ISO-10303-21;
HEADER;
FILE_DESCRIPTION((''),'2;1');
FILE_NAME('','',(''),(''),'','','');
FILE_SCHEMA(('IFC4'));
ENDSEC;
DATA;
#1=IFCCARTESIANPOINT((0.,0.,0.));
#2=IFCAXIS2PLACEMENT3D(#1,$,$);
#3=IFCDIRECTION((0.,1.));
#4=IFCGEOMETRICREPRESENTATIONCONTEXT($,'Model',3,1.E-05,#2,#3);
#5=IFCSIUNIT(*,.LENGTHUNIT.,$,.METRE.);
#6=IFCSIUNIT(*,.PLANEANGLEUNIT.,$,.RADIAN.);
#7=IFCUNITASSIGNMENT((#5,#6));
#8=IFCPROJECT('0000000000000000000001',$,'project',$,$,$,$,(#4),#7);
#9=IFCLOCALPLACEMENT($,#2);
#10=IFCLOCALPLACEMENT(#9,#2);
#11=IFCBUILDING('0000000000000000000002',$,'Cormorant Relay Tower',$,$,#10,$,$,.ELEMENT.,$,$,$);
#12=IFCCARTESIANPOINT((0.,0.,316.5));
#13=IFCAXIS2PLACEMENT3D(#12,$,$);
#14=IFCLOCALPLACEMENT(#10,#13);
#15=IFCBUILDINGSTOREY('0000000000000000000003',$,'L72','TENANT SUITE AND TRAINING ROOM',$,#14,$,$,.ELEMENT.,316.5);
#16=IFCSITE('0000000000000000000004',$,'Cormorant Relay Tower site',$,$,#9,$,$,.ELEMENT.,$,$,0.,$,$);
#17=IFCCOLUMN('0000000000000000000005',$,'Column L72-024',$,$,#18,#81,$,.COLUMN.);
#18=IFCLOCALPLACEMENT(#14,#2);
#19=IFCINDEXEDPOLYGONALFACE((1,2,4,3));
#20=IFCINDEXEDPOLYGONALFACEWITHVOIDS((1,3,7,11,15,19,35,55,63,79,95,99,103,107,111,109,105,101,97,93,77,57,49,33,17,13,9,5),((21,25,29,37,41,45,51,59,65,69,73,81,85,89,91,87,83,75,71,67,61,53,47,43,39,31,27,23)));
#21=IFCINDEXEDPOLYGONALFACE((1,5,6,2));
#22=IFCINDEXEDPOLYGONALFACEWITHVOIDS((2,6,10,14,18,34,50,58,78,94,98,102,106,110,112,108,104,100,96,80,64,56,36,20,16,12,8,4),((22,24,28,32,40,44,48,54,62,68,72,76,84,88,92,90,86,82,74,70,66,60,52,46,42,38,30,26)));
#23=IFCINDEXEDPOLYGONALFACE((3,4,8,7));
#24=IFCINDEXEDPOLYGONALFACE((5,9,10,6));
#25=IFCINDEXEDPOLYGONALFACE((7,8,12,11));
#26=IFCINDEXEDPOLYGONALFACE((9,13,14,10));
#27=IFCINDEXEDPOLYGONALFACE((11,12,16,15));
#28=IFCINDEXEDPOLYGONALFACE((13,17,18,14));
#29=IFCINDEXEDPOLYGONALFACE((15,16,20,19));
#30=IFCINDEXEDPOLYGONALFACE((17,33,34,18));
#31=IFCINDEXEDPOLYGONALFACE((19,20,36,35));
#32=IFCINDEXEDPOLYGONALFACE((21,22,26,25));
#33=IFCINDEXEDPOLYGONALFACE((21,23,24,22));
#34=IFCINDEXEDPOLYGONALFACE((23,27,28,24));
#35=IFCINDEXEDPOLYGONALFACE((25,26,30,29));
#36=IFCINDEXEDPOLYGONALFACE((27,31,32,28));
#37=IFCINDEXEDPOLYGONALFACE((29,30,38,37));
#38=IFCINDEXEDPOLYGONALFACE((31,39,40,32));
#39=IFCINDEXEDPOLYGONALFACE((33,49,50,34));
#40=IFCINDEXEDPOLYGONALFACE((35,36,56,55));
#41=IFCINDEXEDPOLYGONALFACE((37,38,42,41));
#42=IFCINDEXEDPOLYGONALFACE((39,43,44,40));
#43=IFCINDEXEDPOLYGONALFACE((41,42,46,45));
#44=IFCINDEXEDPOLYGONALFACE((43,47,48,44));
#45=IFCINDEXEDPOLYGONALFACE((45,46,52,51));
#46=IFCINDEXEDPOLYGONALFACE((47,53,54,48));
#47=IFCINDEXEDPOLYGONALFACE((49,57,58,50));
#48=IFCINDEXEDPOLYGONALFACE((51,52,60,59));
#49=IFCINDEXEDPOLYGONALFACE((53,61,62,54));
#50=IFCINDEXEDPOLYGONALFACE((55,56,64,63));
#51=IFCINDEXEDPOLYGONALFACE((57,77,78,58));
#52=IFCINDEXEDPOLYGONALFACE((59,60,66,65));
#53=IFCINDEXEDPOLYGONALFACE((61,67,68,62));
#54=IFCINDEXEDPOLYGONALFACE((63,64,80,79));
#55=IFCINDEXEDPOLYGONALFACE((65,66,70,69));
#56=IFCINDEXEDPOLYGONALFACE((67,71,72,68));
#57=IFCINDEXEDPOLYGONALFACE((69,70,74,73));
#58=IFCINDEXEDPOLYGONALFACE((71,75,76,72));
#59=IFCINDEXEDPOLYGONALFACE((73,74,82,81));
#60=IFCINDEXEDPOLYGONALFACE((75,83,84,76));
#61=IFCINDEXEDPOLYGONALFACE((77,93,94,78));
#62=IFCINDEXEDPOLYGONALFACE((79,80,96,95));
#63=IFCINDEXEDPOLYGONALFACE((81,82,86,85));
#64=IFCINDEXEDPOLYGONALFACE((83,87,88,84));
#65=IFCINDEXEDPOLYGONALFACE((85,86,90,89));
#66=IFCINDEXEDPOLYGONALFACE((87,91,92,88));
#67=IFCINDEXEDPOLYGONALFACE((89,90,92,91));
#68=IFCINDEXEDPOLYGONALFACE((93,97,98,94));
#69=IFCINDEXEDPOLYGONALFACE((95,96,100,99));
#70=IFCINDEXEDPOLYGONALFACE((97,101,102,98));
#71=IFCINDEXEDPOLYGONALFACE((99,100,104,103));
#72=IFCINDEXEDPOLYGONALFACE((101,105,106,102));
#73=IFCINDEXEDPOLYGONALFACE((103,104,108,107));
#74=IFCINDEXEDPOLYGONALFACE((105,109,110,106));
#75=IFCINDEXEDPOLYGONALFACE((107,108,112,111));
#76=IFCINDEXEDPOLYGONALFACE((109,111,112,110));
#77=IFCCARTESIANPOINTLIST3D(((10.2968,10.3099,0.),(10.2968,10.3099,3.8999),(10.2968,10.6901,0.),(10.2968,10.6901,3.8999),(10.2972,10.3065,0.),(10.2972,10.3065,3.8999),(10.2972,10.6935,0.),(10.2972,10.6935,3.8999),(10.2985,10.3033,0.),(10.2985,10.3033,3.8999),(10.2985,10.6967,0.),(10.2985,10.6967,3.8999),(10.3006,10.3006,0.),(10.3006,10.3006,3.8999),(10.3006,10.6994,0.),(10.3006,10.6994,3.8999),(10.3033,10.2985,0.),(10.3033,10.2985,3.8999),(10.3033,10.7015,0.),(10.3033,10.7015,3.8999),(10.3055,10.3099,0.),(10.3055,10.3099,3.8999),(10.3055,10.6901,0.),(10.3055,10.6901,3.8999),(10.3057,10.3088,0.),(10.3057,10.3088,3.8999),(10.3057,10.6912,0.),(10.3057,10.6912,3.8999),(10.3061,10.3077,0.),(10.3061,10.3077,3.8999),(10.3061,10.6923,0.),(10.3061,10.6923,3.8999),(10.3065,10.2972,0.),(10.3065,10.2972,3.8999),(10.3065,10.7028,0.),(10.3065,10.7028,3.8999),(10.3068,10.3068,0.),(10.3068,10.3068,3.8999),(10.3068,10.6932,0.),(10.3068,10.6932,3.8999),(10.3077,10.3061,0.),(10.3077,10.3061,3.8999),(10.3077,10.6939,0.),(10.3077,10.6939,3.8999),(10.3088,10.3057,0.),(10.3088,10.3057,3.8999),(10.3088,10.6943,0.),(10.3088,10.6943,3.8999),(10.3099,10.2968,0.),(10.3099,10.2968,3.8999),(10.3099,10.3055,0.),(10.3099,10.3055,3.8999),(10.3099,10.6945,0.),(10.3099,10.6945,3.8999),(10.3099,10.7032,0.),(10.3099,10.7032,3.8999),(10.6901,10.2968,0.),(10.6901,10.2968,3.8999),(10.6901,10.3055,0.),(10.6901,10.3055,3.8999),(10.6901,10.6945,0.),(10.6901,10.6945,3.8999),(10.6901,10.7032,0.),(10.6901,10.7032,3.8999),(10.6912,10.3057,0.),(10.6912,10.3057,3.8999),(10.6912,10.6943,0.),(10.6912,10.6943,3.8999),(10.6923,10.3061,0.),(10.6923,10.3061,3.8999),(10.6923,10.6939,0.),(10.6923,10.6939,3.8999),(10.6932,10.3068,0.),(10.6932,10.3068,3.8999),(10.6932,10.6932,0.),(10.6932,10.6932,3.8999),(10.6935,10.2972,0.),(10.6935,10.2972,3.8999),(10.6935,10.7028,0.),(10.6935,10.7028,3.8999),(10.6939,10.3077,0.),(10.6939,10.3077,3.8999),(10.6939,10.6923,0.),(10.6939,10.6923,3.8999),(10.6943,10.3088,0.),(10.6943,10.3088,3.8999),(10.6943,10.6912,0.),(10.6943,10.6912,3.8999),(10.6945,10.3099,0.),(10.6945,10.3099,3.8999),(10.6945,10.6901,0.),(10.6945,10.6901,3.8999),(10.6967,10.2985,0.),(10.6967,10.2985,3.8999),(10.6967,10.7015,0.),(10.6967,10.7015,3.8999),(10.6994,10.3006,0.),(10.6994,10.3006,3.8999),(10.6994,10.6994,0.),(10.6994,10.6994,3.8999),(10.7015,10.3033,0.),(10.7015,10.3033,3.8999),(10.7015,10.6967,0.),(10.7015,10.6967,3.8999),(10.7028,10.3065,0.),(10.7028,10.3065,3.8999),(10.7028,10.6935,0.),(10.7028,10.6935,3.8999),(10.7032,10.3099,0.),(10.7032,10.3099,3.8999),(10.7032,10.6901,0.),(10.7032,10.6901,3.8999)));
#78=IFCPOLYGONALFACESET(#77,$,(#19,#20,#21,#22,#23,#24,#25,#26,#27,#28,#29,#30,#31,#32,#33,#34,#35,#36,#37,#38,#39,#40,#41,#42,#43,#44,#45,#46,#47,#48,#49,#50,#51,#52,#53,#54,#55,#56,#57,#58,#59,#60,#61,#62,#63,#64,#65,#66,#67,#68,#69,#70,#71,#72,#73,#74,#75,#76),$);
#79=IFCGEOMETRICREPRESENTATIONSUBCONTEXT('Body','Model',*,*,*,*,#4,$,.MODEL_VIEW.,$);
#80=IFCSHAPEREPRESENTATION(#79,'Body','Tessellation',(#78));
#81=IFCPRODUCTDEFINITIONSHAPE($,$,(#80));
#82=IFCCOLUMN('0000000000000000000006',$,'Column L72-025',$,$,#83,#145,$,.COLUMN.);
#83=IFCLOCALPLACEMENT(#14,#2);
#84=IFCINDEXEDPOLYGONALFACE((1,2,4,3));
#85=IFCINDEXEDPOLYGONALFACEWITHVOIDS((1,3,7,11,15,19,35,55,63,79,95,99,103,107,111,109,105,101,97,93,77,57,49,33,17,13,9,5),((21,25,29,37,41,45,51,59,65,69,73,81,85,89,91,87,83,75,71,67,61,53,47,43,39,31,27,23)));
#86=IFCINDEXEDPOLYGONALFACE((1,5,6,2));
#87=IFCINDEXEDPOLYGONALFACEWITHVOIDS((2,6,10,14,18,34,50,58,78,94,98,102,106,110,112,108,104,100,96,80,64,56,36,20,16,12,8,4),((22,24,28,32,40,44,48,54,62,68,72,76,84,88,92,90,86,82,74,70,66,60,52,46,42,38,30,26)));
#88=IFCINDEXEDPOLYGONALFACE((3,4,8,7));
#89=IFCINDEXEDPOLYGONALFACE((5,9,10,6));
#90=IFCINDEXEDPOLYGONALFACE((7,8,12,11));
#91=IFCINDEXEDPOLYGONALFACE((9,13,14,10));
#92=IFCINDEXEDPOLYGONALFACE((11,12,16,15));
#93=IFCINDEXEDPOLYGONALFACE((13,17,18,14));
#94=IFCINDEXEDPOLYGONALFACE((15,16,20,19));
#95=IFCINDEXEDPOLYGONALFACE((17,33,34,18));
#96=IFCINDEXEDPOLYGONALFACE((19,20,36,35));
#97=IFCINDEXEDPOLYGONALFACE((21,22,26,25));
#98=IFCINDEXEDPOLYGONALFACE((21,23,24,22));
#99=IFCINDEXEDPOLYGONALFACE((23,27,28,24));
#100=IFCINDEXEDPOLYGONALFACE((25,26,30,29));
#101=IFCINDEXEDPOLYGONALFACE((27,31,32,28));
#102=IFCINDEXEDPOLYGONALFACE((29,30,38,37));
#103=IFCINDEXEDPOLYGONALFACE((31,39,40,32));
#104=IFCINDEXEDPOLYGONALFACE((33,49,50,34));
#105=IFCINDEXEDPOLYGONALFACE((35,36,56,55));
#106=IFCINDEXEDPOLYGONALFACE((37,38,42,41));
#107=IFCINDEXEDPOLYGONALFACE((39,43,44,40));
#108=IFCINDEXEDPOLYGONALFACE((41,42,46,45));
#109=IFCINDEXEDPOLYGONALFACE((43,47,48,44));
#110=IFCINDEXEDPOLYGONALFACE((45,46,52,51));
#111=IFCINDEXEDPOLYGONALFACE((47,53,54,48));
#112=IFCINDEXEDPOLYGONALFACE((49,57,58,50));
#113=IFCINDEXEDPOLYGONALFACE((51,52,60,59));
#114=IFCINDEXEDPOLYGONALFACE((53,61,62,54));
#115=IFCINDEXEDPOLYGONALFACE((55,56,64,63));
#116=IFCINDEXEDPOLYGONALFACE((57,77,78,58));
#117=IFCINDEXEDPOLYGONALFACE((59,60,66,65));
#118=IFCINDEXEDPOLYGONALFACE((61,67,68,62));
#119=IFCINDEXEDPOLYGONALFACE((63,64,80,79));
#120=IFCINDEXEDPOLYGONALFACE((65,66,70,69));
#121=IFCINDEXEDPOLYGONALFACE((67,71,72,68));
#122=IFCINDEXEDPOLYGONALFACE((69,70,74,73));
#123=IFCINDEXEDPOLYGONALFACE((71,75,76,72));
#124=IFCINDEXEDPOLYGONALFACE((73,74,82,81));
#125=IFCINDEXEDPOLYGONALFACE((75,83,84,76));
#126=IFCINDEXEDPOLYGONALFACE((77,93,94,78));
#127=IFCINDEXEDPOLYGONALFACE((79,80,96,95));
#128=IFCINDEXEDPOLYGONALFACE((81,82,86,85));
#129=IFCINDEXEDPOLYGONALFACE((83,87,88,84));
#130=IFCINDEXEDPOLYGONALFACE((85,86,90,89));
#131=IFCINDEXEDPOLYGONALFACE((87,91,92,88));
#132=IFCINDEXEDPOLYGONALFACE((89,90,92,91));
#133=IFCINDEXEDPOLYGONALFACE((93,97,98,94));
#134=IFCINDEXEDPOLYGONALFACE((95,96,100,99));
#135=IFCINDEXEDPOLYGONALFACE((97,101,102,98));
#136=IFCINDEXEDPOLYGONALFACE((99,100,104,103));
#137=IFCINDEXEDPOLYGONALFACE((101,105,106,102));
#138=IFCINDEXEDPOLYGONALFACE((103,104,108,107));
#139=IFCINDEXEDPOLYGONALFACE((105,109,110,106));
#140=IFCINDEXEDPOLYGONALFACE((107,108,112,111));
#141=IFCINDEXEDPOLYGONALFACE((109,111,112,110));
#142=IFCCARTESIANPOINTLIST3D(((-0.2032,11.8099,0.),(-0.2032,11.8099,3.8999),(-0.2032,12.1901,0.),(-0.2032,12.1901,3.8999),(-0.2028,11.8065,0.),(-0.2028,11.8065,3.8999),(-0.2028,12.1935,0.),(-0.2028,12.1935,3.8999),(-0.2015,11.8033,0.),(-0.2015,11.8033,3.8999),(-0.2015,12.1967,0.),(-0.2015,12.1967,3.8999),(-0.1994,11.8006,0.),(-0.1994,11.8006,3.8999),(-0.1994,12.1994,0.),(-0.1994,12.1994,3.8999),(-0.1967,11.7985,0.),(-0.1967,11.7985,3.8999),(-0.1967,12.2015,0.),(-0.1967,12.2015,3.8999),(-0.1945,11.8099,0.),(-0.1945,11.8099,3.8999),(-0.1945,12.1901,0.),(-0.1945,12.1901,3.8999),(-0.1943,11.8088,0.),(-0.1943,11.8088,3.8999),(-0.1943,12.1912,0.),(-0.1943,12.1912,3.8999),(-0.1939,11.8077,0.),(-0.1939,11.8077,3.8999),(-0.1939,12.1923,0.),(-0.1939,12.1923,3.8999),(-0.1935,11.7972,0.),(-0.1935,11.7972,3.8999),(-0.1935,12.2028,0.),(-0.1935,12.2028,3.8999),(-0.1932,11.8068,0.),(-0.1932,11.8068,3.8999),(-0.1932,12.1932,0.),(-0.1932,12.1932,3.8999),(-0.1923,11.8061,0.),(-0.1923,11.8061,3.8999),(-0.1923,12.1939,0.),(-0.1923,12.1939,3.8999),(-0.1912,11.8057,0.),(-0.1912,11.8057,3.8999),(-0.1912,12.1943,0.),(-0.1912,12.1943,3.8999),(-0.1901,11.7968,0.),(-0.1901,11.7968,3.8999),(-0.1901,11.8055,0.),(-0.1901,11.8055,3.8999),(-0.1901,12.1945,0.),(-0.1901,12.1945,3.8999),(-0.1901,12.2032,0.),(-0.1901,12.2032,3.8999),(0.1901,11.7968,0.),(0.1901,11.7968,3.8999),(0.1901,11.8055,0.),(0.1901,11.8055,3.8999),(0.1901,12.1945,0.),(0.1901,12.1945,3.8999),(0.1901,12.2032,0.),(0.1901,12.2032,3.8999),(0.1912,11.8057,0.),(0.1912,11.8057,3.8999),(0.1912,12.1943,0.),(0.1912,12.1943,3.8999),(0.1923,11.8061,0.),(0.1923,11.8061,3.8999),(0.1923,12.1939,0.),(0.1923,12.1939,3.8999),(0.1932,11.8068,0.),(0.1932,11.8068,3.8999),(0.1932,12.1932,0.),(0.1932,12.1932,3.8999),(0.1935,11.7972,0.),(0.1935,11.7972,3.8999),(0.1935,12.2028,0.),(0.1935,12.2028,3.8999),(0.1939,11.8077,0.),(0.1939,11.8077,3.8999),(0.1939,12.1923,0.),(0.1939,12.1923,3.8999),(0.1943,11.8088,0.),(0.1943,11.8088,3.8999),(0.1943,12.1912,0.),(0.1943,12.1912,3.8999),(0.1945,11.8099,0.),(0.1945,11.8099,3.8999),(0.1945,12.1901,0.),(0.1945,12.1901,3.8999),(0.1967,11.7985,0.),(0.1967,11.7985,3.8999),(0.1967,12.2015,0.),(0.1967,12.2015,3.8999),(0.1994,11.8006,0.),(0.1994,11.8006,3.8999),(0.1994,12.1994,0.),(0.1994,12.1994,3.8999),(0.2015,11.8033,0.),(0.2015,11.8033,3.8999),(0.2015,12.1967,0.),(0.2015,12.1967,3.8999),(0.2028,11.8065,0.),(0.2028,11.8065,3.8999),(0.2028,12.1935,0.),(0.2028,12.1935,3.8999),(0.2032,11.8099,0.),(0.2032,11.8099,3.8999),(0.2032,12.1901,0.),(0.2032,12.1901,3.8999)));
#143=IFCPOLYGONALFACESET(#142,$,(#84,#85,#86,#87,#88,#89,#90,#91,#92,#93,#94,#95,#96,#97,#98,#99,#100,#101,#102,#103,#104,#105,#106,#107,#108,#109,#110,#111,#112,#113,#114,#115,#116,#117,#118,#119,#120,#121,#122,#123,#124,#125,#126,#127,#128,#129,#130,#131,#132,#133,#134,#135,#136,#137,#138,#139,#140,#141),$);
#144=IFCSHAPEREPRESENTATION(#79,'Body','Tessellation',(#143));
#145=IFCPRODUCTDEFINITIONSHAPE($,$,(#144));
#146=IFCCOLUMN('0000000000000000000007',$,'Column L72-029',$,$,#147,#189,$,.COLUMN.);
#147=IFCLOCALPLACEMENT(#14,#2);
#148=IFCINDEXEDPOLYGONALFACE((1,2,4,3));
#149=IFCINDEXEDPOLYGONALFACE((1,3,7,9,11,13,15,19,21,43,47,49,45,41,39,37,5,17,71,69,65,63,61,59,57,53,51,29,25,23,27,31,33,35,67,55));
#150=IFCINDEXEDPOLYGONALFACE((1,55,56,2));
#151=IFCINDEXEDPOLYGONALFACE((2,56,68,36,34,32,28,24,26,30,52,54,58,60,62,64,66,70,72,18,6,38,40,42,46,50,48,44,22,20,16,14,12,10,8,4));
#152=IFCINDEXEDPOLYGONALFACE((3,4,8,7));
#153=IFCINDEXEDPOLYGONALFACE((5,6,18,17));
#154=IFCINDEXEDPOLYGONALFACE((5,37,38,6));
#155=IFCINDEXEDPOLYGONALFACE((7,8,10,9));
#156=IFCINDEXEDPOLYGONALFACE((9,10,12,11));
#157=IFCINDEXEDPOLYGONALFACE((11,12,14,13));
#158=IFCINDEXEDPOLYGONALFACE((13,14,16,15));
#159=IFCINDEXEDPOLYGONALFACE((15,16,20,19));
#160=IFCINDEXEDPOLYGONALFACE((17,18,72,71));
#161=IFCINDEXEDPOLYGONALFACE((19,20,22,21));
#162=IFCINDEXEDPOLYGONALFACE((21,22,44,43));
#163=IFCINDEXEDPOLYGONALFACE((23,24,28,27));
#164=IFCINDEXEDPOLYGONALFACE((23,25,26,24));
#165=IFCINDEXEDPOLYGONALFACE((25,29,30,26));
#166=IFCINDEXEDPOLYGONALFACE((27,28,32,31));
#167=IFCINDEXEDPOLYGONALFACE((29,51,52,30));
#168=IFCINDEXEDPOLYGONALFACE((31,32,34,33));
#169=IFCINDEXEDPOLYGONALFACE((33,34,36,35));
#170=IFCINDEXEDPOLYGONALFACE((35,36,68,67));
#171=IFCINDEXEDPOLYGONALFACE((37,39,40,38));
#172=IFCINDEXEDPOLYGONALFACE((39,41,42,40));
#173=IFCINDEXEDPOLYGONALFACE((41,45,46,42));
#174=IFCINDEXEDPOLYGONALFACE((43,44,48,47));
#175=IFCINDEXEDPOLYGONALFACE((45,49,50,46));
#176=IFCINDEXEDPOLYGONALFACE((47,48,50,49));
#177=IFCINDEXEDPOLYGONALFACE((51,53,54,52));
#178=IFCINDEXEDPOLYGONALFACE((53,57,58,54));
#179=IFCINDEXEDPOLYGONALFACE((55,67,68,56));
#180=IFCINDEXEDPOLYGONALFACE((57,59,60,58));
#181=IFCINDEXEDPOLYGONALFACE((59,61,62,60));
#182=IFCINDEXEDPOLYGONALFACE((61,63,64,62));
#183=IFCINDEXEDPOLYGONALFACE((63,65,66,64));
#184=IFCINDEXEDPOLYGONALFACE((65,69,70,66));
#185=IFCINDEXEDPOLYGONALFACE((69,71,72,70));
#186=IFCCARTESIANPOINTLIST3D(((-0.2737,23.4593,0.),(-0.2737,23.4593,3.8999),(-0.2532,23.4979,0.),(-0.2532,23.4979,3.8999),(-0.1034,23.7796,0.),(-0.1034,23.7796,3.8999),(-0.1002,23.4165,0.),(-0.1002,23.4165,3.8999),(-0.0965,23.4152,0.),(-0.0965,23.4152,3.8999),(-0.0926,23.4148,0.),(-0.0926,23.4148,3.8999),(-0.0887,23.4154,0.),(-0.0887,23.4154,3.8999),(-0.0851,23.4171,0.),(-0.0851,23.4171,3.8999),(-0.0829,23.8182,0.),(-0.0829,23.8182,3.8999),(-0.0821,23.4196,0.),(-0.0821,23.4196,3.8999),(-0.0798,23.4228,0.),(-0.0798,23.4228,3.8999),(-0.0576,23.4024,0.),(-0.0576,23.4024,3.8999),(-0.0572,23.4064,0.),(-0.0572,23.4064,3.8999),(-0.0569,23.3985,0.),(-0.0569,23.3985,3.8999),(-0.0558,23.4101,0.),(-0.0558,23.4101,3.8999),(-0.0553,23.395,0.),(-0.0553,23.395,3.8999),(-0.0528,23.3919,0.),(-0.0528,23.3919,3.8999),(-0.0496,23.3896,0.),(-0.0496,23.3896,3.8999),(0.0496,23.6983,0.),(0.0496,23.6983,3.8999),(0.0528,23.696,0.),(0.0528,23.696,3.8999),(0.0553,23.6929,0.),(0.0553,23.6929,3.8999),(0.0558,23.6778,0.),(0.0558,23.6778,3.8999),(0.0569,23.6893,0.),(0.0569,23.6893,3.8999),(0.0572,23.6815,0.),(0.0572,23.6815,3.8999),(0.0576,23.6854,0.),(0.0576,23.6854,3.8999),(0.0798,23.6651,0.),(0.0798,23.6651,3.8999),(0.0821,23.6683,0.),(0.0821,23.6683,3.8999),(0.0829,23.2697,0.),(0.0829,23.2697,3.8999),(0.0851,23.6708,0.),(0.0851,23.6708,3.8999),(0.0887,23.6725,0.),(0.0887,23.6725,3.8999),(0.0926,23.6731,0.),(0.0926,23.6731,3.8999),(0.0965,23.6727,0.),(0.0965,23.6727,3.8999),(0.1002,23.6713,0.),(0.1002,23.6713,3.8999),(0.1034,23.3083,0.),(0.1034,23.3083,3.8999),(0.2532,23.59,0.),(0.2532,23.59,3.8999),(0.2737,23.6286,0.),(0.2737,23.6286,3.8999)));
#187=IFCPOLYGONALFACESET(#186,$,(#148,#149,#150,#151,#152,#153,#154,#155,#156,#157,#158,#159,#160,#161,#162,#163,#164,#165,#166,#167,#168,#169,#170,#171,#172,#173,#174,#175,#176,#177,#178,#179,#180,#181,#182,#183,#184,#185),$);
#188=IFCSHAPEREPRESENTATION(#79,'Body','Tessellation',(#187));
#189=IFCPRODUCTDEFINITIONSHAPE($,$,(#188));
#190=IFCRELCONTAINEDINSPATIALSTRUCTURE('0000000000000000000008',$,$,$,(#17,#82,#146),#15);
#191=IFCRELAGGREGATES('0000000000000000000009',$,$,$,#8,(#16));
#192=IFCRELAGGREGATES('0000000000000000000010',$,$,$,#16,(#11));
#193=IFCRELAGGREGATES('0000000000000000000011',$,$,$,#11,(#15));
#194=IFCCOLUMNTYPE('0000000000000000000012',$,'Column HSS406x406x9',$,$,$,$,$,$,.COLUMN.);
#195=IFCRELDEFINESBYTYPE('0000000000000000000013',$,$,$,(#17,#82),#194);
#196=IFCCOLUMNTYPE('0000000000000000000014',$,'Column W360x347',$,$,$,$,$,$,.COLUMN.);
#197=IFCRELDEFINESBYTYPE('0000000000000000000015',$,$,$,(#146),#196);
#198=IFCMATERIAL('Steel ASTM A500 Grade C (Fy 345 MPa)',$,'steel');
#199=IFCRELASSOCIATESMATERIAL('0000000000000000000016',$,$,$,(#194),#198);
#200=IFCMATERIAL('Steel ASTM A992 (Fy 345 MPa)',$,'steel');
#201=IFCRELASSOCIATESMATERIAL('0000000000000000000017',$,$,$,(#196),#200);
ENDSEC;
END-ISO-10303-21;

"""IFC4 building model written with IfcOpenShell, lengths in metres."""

from ifc_helpers import new_model, si_unit, direction, frame, origin, origin_2d, place, context, subcontext, project, spatial, hollow_rectangle, i_section, extrude, material, material_profile, profile_set, type_object, element, save


model = new_model("IFC4")

# Units and contexts
model_context = context("Model", 3, precision=1e-05, world=origin(), true_north=direction((0.0, 1.0)))
body_context = subcontext(model_context, "Body", "Model", "MODEL_VIEW")
ifc_project = project(units=[si_unit("LENGTHUNIT", "METRE"), si_unit("PLANEANGLEUNIT", "RADIAN")], contexts=[model_context])

# Site, building, storey
site_placement = place(None, origin())
site = spatial("IfcSite", under=ifc_project, at=site_placement, Name="Cormorant Relay Tower site", CompositionType="ELEMENT", RefElevation=0.0)
building_placement = place(site_placement, origin())
building = spatial("IfcBuilding", under=site, at=building_placement, Name="Cormorant Relay Tower", CompositionType="ELEMENT")
storey_placement = place(building_placement, frame((0.0, 0.0, 316.5)))
storey = spatial("IfcBuildingStorey", under=building, at=storey_placement, Name="L72", Description="TENANT SUITE AND TRAINING ROOM", CompositionType="ELEMENT", Elevation=316.5)

# Columns
ifc_material_1 = material(Name="Steel ASTM A500 Grade C (Fy 345 MPa)", Category="steel")
ifc_material_profile_1 = material_profile(ifc_material_1, hollow_rectangle(XDim=0.4065, YDim=0.4065, WallThickness=0.0088, InnerFilletRadius=0.0044, OuterFilletRadius=0.0132, at=origin_2d()), Name="HSS406x406x9")
ifc_profile_set_1 = profile_set([ifc_material_profile_1], Name="Steel ASTM A500 Grade C (Fy 345 MPa)")
column_type_1 = type_object("IfcColumnType", Name="Column HSS406x406x9", PredefinedType="COLUMN", material=ifc_profile_set_1)
for number, where, z_axis, x_axis, name in (
    (1, (10.5, 10.5, 0.0), (0.0, 0.0, 1.0), (1.0, 0.0, 0.0), "Column L72-024"),
    (2, (0.0, 12.0, 0.0), (0.0, 0.0, 1.0), (1.0, 0.0, 0.0), "Column L72-025"),
):
    element("IfcColumn", number, at=place(storey_placement, frame(where, z_axis=z_axis, x_axis=x_axis)), inside=storey, type_object=column_type_1, Name=name, PredefinedType="COLUMN", context=body_context, shape_type="SweptSolid", body=[
        extrude(hollow_rectangle(XDim=0.4065, YDim=0.4065, WallThickness=0.0088, InnerFilletRadius=0.0044, OuterFilletRadius=0.0132, at=origin_2d()), origin(), (0.0, 0.0, 1.0), 3.8999),
    ])
ifc_material_2 = material(Name="Steel ASTM A992 (Fy 345 MPa)", Category="steel")
ifc_material_profile_2 = material_profile(ifc_material_2, i_section(OverallWidth=0.4038, OverallDepth=0.4065, WebThickness=0.0271, FlangeThickness=0.0437, FilletRadius=0.0151, at=origin_2d()), Name="W360x347")
ifc_profile_set_2 = profile_set([ifc_material_profile_2], Name="Steel ASTM A992 (Fy 345 MPa)")
column_type_2 = type_object("IfcColumnType", Name="Column W360x347", PredefinedType="COLUMN", material=ifc_profile_set_2)
column_placement = place(storey_placement, frame((0.0, 23.5439, 0.0), z_axis=(0.0, 0.0, 1.0), x_axis=(-0.882948, 0.469472, 0.0)))
element("IfcColumn", 3, at=column_placement, inside=storey, type_object=column_type_2, Name="Column L72-029", PredefinedType="COLUMN", context=body_context, shape_type="SweptSolid", body=[
    extrude(i_section(OverallWidth=0.4038, OverallDepth=0.4065, WebThickness=0.0271, FlangeThickness=0.0437, FilletRadius=0.0151, at=origin_2d()), origin(), (0.0, 0.0, 1.0), 3.8999),
])

save(model, "model.ifc")
